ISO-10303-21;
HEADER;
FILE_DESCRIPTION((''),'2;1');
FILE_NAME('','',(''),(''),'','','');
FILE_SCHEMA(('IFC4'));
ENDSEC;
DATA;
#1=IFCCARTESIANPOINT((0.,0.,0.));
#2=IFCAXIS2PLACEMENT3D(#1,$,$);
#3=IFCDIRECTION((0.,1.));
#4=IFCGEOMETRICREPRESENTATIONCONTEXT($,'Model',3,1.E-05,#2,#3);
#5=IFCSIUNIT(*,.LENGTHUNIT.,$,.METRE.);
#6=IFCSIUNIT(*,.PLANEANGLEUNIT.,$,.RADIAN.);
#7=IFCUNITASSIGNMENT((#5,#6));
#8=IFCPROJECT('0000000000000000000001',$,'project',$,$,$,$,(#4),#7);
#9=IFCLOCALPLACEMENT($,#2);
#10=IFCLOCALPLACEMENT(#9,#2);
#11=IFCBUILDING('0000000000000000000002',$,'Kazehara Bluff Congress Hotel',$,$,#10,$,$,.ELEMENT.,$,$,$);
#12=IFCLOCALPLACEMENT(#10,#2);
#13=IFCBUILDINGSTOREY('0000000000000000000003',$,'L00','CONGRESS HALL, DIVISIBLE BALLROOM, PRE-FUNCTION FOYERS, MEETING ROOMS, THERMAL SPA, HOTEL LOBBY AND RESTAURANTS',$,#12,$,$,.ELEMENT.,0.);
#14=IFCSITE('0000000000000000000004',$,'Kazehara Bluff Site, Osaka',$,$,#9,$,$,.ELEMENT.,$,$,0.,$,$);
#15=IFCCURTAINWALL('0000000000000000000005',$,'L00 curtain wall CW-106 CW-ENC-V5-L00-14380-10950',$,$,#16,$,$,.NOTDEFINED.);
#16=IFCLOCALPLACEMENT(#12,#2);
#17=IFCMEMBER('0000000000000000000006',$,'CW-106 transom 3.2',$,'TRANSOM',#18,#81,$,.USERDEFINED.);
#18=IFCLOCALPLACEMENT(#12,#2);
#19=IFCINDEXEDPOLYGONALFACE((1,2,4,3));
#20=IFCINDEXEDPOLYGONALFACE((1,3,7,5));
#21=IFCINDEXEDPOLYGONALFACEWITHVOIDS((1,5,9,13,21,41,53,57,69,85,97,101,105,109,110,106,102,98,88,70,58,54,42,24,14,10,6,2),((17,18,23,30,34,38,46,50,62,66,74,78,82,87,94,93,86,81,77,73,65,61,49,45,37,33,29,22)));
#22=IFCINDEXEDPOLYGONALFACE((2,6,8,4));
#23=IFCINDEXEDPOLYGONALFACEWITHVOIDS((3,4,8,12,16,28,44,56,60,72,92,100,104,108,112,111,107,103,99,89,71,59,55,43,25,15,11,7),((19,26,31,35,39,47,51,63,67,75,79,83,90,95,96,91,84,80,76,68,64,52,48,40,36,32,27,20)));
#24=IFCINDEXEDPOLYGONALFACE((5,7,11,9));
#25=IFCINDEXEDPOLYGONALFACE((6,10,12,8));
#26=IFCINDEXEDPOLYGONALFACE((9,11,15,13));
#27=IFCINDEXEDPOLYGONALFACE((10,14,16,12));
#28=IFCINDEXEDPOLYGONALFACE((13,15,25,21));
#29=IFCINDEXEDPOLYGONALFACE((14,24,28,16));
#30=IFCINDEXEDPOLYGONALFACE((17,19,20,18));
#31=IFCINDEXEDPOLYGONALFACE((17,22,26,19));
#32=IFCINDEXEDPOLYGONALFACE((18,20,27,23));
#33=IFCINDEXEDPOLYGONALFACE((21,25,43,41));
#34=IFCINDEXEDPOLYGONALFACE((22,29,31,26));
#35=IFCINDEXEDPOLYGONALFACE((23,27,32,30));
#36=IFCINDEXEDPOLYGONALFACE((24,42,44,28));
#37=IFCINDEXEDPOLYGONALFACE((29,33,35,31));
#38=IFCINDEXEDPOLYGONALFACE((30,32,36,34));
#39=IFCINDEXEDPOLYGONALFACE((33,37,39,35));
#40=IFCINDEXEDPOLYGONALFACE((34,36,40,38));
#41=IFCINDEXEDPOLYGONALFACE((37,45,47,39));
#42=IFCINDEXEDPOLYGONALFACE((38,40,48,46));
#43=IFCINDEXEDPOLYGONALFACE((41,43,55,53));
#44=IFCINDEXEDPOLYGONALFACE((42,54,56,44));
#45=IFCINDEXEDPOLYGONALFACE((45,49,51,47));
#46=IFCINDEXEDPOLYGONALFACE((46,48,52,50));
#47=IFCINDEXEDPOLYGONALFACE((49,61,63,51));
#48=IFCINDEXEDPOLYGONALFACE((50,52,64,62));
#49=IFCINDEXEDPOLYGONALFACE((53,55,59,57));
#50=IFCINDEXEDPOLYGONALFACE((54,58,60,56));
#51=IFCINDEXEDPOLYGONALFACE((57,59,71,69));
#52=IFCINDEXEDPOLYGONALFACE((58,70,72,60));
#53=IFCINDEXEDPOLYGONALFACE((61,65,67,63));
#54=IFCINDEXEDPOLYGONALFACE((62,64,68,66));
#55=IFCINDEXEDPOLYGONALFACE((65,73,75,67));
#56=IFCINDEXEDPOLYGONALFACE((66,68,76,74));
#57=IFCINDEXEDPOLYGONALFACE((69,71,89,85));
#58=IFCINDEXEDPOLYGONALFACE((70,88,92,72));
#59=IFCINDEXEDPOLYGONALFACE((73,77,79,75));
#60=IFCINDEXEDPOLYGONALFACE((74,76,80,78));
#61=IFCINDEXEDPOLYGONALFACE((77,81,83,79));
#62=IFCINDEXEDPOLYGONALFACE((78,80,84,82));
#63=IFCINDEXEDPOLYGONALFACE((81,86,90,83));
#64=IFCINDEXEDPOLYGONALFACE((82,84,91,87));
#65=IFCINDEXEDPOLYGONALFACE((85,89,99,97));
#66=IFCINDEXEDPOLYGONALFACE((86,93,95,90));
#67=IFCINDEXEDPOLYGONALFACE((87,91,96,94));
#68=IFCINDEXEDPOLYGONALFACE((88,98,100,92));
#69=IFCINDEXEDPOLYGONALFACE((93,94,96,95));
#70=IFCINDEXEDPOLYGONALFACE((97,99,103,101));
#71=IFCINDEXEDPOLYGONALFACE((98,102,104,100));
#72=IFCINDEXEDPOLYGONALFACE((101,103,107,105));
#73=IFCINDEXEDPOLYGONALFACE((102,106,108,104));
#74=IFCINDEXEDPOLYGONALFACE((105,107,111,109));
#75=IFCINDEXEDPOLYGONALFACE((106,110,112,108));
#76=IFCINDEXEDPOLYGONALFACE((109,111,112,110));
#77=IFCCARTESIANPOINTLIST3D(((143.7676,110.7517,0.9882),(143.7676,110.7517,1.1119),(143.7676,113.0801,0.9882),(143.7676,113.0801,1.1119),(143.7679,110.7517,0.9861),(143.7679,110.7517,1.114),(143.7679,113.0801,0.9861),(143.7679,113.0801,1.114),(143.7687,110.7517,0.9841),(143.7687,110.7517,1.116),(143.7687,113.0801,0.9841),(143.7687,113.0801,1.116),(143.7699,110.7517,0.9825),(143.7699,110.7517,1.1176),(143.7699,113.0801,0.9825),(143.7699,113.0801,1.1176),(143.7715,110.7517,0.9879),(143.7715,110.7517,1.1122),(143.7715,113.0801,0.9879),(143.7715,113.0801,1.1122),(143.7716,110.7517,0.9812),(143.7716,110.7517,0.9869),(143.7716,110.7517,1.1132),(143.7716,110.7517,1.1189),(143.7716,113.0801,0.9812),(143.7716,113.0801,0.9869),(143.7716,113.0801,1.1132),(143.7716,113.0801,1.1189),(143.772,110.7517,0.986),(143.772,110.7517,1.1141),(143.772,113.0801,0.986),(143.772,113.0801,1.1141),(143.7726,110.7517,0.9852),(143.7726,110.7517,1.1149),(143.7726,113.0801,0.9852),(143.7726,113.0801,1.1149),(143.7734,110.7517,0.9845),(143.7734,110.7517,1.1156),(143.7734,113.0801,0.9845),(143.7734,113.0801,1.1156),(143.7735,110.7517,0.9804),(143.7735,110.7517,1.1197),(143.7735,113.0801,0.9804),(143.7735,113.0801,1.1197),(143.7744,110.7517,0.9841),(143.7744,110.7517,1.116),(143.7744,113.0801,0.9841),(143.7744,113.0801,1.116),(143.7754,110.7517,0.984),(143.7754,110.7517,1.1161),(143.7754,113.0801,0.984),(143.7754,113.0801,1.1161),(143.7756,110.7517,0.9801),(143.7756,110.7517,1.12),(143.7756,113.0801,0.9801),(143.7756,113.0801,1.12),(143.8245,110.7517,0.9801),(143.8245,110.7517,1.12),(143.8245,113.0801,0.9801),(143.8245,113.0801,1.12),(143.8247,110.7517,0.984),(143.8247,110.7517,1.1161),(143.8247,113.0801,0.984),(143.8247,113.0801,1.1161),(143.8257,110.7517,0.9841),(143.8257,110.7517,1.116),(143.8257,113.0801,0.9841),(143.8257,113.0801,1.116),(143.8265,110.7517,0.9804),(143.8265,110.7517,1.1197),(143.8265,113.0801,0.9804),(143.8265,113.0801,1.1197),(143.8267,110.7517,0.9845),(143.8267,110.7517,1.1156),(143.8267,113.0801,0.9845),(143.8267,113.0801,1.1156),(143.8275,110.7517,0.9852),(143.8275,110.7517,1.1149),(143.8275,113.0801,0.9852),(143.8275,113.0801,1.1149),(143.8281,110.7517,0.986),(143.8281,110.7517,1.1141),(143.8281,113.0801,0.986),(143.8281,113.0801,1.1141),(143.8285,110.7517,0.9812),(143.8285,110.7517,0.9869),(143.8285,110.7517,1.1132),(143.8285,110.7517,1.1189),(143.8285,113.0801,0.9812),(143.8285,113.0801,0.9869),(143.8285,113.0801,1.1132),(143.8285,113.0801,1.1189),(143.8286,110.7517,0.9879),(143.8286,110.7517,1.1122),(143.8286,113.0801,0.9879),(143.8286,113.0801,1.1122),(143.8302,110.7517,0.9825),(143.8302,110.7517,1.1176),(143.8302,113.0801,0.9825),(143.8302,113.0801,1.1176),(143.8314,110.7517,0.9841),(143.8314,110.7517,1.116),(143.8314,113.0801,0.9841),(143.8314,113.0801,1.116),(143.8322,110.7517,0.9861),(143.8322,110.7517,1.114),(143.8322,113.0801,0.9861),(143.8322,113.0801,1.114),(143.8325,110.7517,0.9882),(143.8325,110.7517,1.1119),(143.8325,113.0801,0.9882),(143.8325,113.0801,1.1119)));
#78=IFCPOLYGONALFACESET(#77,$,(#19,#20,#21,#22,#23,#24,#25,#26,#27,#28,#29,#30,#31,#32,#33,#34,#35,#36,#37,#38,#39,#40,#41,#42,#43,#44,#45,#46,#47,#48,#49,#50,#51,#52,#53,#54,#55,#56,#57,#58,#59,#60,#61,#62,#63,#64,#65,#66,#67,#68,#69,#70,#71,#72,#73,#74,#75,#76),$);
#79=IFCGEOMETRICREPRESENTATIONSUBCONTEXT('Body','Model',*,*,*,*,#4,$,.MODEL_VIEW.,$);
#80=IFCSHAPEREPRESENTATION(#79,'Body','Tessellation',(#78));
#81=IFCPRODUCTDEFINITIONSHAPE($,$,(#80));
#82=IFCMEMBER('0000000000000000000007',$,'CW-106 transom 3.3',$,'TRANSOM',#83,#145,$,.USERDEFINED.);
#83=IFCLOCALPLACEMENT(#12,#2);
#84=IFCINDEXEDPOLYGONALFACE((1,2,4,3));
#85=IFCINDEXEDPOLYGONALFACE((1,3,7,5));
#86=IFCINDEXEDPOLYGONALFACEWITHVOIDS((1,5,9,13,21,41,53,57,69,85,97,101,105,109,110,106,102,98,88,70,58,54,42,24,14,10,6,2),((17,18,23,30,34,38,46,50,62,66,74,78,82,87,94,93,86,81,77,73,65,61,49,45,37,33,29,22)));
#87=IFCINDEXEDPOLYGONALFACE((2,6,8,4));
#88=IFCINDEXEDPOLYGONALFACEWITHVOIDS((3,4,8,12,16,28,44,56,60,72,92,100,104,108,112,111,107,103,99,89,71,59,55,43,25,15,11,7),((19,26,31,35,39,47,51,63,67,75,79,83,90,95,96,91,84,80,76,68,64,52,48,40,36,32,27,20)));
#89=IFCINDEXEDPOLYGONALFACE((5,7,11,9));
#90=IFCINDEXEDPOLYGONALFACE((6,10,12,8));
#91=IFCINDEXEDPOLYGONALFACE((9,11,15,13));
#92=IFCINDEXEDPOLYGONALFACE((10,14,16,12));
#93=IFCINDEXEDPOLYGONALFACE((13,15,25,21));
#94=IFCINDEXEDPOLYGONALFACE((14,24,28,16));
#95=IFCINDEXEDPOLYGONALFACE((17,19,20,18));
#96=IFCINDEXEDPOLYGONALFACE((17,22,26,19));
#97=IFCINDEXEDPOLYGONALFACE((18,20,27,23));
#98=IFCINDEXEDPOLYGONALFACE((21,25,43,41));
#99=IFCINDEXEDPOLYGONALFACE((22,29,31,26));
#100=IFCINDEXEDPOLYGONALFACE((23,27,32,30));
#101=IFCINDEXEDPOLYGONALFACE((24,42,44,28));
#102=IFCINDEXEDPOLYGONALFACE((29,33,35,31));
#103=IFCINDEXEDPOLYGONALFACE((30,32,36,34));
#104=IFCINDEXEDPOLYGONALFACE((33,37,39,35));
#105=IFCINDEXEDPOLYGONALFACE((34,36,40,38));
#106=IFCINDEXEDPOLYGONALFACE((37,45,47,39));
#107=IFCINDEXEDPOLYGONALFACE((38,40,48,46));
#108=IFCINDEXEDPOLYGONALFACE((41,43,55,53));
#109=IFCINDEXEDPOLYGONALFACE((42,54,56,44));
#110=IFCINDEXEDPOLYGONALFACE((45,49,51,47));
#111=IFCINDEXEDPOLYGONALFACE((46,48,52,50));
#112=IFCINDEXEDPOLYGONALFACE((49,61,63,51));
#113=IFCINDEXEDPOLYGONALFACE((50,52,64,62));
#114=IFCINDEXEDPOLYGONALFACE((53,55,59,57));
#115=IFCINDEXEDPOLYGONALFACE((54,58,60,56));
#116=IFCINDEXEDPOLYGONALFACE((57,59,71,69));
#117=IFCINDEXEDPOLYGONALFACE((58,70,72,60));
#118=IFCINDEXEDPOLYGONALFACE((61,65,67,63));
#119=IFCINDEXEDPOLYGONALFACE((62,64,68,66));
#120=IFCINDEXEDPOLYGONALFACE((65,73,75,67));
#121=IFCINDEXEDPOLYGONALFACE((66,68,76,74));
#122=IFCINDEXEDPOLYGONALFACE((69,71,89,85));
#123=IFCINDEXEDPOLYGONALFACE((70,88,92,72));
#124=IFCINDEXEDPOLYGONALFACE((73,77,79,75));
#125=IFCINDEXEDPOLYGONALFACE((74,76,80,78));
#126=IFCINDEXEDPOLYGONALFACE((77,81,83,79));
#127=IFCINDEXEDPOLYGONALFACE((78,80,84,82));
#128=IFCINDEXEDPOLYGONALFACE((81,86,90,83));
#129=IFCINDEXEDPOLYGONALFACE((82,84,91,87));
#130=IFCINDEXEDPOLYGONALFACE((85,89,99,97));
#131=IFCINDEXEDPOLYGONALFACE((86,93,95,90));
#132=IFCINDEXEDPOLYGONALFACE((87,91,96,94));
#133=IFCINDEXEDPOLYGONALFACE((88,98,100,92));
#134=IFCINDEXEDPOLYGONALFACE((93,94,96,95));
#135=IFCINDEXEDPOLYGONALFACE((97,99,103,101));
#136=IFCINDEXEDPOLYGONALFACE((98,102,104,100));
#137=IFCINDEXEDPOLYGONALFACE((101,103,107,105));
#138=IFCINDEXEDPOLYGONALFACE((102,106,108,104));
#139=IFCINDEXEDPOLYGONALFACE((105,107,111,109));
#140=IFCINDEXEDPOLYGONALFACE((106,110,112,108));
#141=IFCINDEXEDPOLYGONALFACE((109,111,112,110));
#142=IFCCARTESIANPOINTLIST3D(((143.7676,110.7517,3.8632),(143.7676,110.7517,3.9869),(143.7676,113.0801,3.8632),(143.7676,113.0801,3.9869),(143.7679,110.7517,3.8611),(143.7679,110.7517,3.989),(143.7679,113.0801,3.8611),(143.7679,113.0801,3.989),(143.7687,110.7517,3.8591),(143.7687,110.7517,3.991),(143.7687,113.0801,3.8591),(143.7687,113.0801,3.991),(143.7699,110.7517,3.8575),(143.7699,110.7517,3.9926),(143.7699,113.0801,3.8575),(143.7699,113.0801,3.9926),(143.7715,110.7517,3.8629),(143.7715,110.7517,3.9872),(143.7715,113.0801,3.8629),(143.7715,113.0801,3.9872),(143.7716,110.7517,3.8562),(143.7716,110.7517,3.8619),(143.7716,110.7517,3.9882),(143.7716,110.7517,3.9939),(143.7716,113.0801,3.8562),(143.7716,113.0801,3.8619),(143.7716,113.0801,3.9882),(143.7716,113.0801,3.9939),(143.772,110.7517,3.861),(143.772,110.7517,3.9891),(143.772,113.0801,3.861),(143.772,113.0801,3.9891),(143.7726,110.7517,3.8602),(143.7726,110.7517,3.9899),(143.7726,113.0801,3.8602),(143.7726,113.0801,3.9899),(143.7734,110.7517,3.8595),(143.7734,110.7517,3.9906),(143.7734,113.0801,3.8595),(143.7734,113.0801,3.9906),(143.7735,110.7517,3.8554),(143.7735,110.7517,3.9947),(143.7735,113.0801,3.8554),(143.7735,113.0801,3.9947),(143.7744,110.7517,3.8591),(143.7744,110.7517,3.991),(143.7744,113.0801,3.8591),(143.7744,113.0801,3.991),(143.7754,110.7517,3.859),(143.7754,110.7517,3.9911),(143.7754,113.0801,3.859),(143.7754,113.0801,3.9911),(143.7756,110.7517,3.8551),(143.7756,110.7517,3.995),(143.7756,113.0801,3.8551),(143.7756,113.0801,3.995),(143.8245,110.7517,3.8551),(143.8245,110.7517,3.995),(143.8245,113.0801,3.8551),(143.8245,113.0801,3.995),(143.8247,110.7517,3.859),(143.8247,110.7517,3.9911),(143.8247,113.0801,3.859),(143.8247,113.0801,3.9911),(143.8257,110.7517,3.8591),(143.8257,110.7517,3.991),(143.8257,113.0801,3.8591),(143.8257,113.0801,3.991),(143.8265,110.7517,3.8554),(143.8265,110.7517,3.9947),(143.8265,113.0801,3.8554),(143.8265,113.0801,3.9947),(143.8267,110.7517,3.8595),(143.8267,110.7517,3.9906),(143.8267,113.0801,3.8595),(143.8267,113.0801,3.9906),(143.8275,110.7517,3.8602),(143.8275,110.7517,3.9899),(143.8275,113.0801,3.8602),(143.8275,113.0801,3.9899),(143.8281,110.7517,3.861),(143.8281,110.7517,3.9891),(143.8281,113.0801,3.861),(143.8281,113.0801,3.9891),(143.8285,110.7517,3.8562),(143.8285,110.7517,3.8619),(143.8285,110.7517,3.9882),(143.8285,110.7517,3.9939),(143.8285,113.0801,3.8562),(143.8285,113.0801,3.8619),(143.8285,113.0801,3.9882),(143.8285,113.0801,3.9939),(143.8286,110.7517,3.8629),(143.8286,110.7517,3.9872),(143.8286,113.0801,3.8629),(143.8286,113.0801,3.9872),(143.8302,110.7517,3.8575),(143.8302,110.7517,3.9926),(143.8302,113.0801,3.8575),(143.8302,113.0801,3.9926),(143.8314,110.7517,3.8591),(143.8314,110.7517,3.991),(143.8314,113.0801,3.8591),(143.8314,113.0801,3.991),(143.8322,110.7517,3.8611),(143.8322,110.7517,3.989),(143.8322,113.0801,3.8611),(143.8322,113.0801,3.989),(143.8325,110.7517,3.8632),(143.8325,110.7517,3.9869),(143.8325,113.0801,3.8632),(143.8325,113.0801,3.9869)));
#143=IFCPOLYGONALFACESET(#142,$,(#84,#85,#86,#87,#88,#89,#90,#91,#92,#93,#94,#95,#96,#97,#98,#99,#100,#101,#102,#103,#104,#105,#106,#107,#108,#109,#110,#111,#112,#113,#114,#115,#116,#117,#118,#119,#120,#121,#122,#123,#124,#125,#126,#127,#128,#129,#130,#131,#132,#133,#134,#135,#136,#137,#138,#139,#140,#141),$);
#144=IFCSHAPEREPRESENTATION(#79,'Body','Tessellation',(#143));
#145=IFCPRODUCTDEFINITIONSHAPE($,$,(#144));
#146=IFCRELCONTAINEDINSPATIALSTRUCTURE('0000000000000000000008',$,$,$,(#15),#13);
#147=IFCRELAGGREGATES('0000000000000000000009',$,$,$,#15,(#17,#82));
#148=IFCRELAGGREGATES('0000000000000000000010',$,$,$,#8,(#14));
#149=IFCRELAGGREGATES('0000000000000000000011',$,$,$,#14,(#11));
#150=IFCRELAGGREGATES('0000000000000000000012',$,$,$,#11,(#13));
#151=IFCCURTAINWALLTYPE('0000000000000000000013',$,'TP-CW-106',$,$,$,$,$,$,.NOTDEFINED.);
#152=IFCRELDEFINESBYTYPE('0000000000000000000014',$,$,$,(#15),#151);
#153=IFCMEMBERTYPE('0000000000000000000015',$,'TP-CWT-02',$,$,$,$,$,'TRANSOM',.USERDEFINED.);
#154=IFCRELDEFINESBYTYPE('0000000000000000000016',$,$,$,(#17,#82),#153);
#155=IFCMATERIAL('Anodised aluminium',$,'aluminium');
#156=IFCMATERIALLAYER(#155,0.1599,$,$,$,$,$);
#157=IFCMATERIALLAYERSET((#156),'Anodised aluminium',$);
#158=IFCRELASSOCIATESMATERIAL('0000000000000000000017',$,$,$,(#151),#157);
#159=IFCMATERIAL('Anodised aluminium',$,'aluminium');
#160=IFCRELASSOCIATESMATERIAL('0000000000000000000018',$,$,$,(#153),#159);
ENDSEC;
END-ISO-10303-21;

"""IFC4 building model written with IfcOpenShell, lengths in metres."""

from ifc_helpers import new_model, si_unit, direction, frame, origin, origin_2d, place, context, subcontext, project, spatial, hollow_rectangle, extrude, material, layer, layer_set, material_profile, profile_set, type_object, element, aggregate, save


model = new_model("IFC4")

# Units and contexts
model_context = context("Model", 3, precision=1e-05, world=origin(), true_north=direction((0.0, 1.0)))
body_context = subcontext(model_context, "Body", "Model", "MODEL_VIEW")
ifc_project = project(units=[si_unit("LENGTHUNIT", "METRE"), si_unit("PLANEANGLEUNIT", "RADIAN")], contexts=[model_context])

# Site, building, storey
site_placement = place(None, origin())
site = spatial("IfcSite", under=ifc_project, at=site_placement, Name="Kazehara Bluff Site, Osaka", CompositionType="ELEMENT", RefElevation=0.0)
building_placement = place(site_placement, origin())
building = spatial("IfcBuilding", under=site, at=building_placement, Name="Kazehara Bluff Congress Hotel", CompositionType="ELEMENT")
storey_placement = place(building_placement, origin())
storey = spatial("IfcBuildingStorey", under=building, at=storey_placement, Name="L00", Description="CONGRESS HALL, DIVISIBLE BALLROOM, PRE-FUNCTION FOYERS, MEETING ROOMS, THERMAL SPA, HOTEL LOBBY AND RESTAURANTS", CompositionType="ELEMENT", Elevation=0.0)

# Curtain wall
ifc_material_1 = material(Name="Anodised aluminium", Category="aluminium")
ifc_layer_1 = layer(ifc_material_1, 0.1599)
ifc_layer_set_1 = layer_set([ifc_layer_1], Name="Anodised aluminium")
curtain_wall_type_1 = type_object("IfcCurtainWallType", Name="TP-CW-106", PredefinedType="NOTDEFINED", material=ifc_layer_set_1)
curtain_wall_1_placement = place(storey_placement, origin())
curtain_wall_1 = element("IfcCurtainWall", 1, at=curtain_wall_1_placement, inside=storey, type_object=curtain_wall_type_1, Name="L00 curtain wall CW-106 CW-ENC-V5-L00-14380-10950", PredefinedType="NOTDEFINED")

# Members
ifc_material_2 = material(Name="Anodised aluminium", Category="aluminium")
ifc_material_profile_1 = material_profile(ifc_material_2, hollow_rectangle(XDim=0.0649, YDim=0.1399, WallThickness=0.0039, InnerFilletRadius=0.0039, OuterFilletRadius=0.0081, at=origin_2d()))
ifc_profile_set_1 = profile_set([ifc_material_profile_1], Name="Anodised aluminium")
member_type_1 = type_object("IfcMemberType", Name="TP-CWT-02", ElementType="TRANSOM", PredefinedType="USERDEFINED", material=ifc_profile_set_1)
member_1_placement = place(storey_placement, frame((143.8, 110.7517, 1.05), z_axis=(0.0, 1.0, 0.0), x_axis=(-1.0, 0.0, 0.0)))
member_1 = element("IfcMember", 2, at=member_1_placement, type_object=member_type_1, Name="CW-106 transom 3.2", ObjectType="TRANSOM", PredefinedType="USERDEFINED", context=body_context, shape_type="SweptSolid", body=[
    extrude(hollow_rectangle(XDim=0.0649, YDim=0.1399, WallThickness=0.0039, InnerFilletRadius=0.0039, OuterFilletRadius=0.0081, at=origin_2d()), origin(), (0.0, 0.0, 1.0), 2.3284),
])
member_2_placement = place(storey_placement, frame((143.8, 110.7517, 3.925), z_axis=(0.0, 1.0, 0.0), x_axis=(-1.0, 0.0, 0.0)))
member_2 = element("IfcMember", 3, at=member_2_placement, type_object=member_type_1, Name="CW-106 transom 3.3", ObjectType="TRANSOM", PredefinedType="USERDEFINED", context=body_context, shape_type="SweptSolid", body=[
    extrude(hollow_rectangle(XDim=0.0649, YDim=0.1399, WallThickness=0.0039, InnerFilletRadius=0.0039, OuterFilletRadius=0.0081, at=origin_2d()), origin(), (0.0, 0.0, 1.0), 2.3284),
])

aggregate(curtain_wall_1, [member_1, member_2])

save(model, "model.ifc")
